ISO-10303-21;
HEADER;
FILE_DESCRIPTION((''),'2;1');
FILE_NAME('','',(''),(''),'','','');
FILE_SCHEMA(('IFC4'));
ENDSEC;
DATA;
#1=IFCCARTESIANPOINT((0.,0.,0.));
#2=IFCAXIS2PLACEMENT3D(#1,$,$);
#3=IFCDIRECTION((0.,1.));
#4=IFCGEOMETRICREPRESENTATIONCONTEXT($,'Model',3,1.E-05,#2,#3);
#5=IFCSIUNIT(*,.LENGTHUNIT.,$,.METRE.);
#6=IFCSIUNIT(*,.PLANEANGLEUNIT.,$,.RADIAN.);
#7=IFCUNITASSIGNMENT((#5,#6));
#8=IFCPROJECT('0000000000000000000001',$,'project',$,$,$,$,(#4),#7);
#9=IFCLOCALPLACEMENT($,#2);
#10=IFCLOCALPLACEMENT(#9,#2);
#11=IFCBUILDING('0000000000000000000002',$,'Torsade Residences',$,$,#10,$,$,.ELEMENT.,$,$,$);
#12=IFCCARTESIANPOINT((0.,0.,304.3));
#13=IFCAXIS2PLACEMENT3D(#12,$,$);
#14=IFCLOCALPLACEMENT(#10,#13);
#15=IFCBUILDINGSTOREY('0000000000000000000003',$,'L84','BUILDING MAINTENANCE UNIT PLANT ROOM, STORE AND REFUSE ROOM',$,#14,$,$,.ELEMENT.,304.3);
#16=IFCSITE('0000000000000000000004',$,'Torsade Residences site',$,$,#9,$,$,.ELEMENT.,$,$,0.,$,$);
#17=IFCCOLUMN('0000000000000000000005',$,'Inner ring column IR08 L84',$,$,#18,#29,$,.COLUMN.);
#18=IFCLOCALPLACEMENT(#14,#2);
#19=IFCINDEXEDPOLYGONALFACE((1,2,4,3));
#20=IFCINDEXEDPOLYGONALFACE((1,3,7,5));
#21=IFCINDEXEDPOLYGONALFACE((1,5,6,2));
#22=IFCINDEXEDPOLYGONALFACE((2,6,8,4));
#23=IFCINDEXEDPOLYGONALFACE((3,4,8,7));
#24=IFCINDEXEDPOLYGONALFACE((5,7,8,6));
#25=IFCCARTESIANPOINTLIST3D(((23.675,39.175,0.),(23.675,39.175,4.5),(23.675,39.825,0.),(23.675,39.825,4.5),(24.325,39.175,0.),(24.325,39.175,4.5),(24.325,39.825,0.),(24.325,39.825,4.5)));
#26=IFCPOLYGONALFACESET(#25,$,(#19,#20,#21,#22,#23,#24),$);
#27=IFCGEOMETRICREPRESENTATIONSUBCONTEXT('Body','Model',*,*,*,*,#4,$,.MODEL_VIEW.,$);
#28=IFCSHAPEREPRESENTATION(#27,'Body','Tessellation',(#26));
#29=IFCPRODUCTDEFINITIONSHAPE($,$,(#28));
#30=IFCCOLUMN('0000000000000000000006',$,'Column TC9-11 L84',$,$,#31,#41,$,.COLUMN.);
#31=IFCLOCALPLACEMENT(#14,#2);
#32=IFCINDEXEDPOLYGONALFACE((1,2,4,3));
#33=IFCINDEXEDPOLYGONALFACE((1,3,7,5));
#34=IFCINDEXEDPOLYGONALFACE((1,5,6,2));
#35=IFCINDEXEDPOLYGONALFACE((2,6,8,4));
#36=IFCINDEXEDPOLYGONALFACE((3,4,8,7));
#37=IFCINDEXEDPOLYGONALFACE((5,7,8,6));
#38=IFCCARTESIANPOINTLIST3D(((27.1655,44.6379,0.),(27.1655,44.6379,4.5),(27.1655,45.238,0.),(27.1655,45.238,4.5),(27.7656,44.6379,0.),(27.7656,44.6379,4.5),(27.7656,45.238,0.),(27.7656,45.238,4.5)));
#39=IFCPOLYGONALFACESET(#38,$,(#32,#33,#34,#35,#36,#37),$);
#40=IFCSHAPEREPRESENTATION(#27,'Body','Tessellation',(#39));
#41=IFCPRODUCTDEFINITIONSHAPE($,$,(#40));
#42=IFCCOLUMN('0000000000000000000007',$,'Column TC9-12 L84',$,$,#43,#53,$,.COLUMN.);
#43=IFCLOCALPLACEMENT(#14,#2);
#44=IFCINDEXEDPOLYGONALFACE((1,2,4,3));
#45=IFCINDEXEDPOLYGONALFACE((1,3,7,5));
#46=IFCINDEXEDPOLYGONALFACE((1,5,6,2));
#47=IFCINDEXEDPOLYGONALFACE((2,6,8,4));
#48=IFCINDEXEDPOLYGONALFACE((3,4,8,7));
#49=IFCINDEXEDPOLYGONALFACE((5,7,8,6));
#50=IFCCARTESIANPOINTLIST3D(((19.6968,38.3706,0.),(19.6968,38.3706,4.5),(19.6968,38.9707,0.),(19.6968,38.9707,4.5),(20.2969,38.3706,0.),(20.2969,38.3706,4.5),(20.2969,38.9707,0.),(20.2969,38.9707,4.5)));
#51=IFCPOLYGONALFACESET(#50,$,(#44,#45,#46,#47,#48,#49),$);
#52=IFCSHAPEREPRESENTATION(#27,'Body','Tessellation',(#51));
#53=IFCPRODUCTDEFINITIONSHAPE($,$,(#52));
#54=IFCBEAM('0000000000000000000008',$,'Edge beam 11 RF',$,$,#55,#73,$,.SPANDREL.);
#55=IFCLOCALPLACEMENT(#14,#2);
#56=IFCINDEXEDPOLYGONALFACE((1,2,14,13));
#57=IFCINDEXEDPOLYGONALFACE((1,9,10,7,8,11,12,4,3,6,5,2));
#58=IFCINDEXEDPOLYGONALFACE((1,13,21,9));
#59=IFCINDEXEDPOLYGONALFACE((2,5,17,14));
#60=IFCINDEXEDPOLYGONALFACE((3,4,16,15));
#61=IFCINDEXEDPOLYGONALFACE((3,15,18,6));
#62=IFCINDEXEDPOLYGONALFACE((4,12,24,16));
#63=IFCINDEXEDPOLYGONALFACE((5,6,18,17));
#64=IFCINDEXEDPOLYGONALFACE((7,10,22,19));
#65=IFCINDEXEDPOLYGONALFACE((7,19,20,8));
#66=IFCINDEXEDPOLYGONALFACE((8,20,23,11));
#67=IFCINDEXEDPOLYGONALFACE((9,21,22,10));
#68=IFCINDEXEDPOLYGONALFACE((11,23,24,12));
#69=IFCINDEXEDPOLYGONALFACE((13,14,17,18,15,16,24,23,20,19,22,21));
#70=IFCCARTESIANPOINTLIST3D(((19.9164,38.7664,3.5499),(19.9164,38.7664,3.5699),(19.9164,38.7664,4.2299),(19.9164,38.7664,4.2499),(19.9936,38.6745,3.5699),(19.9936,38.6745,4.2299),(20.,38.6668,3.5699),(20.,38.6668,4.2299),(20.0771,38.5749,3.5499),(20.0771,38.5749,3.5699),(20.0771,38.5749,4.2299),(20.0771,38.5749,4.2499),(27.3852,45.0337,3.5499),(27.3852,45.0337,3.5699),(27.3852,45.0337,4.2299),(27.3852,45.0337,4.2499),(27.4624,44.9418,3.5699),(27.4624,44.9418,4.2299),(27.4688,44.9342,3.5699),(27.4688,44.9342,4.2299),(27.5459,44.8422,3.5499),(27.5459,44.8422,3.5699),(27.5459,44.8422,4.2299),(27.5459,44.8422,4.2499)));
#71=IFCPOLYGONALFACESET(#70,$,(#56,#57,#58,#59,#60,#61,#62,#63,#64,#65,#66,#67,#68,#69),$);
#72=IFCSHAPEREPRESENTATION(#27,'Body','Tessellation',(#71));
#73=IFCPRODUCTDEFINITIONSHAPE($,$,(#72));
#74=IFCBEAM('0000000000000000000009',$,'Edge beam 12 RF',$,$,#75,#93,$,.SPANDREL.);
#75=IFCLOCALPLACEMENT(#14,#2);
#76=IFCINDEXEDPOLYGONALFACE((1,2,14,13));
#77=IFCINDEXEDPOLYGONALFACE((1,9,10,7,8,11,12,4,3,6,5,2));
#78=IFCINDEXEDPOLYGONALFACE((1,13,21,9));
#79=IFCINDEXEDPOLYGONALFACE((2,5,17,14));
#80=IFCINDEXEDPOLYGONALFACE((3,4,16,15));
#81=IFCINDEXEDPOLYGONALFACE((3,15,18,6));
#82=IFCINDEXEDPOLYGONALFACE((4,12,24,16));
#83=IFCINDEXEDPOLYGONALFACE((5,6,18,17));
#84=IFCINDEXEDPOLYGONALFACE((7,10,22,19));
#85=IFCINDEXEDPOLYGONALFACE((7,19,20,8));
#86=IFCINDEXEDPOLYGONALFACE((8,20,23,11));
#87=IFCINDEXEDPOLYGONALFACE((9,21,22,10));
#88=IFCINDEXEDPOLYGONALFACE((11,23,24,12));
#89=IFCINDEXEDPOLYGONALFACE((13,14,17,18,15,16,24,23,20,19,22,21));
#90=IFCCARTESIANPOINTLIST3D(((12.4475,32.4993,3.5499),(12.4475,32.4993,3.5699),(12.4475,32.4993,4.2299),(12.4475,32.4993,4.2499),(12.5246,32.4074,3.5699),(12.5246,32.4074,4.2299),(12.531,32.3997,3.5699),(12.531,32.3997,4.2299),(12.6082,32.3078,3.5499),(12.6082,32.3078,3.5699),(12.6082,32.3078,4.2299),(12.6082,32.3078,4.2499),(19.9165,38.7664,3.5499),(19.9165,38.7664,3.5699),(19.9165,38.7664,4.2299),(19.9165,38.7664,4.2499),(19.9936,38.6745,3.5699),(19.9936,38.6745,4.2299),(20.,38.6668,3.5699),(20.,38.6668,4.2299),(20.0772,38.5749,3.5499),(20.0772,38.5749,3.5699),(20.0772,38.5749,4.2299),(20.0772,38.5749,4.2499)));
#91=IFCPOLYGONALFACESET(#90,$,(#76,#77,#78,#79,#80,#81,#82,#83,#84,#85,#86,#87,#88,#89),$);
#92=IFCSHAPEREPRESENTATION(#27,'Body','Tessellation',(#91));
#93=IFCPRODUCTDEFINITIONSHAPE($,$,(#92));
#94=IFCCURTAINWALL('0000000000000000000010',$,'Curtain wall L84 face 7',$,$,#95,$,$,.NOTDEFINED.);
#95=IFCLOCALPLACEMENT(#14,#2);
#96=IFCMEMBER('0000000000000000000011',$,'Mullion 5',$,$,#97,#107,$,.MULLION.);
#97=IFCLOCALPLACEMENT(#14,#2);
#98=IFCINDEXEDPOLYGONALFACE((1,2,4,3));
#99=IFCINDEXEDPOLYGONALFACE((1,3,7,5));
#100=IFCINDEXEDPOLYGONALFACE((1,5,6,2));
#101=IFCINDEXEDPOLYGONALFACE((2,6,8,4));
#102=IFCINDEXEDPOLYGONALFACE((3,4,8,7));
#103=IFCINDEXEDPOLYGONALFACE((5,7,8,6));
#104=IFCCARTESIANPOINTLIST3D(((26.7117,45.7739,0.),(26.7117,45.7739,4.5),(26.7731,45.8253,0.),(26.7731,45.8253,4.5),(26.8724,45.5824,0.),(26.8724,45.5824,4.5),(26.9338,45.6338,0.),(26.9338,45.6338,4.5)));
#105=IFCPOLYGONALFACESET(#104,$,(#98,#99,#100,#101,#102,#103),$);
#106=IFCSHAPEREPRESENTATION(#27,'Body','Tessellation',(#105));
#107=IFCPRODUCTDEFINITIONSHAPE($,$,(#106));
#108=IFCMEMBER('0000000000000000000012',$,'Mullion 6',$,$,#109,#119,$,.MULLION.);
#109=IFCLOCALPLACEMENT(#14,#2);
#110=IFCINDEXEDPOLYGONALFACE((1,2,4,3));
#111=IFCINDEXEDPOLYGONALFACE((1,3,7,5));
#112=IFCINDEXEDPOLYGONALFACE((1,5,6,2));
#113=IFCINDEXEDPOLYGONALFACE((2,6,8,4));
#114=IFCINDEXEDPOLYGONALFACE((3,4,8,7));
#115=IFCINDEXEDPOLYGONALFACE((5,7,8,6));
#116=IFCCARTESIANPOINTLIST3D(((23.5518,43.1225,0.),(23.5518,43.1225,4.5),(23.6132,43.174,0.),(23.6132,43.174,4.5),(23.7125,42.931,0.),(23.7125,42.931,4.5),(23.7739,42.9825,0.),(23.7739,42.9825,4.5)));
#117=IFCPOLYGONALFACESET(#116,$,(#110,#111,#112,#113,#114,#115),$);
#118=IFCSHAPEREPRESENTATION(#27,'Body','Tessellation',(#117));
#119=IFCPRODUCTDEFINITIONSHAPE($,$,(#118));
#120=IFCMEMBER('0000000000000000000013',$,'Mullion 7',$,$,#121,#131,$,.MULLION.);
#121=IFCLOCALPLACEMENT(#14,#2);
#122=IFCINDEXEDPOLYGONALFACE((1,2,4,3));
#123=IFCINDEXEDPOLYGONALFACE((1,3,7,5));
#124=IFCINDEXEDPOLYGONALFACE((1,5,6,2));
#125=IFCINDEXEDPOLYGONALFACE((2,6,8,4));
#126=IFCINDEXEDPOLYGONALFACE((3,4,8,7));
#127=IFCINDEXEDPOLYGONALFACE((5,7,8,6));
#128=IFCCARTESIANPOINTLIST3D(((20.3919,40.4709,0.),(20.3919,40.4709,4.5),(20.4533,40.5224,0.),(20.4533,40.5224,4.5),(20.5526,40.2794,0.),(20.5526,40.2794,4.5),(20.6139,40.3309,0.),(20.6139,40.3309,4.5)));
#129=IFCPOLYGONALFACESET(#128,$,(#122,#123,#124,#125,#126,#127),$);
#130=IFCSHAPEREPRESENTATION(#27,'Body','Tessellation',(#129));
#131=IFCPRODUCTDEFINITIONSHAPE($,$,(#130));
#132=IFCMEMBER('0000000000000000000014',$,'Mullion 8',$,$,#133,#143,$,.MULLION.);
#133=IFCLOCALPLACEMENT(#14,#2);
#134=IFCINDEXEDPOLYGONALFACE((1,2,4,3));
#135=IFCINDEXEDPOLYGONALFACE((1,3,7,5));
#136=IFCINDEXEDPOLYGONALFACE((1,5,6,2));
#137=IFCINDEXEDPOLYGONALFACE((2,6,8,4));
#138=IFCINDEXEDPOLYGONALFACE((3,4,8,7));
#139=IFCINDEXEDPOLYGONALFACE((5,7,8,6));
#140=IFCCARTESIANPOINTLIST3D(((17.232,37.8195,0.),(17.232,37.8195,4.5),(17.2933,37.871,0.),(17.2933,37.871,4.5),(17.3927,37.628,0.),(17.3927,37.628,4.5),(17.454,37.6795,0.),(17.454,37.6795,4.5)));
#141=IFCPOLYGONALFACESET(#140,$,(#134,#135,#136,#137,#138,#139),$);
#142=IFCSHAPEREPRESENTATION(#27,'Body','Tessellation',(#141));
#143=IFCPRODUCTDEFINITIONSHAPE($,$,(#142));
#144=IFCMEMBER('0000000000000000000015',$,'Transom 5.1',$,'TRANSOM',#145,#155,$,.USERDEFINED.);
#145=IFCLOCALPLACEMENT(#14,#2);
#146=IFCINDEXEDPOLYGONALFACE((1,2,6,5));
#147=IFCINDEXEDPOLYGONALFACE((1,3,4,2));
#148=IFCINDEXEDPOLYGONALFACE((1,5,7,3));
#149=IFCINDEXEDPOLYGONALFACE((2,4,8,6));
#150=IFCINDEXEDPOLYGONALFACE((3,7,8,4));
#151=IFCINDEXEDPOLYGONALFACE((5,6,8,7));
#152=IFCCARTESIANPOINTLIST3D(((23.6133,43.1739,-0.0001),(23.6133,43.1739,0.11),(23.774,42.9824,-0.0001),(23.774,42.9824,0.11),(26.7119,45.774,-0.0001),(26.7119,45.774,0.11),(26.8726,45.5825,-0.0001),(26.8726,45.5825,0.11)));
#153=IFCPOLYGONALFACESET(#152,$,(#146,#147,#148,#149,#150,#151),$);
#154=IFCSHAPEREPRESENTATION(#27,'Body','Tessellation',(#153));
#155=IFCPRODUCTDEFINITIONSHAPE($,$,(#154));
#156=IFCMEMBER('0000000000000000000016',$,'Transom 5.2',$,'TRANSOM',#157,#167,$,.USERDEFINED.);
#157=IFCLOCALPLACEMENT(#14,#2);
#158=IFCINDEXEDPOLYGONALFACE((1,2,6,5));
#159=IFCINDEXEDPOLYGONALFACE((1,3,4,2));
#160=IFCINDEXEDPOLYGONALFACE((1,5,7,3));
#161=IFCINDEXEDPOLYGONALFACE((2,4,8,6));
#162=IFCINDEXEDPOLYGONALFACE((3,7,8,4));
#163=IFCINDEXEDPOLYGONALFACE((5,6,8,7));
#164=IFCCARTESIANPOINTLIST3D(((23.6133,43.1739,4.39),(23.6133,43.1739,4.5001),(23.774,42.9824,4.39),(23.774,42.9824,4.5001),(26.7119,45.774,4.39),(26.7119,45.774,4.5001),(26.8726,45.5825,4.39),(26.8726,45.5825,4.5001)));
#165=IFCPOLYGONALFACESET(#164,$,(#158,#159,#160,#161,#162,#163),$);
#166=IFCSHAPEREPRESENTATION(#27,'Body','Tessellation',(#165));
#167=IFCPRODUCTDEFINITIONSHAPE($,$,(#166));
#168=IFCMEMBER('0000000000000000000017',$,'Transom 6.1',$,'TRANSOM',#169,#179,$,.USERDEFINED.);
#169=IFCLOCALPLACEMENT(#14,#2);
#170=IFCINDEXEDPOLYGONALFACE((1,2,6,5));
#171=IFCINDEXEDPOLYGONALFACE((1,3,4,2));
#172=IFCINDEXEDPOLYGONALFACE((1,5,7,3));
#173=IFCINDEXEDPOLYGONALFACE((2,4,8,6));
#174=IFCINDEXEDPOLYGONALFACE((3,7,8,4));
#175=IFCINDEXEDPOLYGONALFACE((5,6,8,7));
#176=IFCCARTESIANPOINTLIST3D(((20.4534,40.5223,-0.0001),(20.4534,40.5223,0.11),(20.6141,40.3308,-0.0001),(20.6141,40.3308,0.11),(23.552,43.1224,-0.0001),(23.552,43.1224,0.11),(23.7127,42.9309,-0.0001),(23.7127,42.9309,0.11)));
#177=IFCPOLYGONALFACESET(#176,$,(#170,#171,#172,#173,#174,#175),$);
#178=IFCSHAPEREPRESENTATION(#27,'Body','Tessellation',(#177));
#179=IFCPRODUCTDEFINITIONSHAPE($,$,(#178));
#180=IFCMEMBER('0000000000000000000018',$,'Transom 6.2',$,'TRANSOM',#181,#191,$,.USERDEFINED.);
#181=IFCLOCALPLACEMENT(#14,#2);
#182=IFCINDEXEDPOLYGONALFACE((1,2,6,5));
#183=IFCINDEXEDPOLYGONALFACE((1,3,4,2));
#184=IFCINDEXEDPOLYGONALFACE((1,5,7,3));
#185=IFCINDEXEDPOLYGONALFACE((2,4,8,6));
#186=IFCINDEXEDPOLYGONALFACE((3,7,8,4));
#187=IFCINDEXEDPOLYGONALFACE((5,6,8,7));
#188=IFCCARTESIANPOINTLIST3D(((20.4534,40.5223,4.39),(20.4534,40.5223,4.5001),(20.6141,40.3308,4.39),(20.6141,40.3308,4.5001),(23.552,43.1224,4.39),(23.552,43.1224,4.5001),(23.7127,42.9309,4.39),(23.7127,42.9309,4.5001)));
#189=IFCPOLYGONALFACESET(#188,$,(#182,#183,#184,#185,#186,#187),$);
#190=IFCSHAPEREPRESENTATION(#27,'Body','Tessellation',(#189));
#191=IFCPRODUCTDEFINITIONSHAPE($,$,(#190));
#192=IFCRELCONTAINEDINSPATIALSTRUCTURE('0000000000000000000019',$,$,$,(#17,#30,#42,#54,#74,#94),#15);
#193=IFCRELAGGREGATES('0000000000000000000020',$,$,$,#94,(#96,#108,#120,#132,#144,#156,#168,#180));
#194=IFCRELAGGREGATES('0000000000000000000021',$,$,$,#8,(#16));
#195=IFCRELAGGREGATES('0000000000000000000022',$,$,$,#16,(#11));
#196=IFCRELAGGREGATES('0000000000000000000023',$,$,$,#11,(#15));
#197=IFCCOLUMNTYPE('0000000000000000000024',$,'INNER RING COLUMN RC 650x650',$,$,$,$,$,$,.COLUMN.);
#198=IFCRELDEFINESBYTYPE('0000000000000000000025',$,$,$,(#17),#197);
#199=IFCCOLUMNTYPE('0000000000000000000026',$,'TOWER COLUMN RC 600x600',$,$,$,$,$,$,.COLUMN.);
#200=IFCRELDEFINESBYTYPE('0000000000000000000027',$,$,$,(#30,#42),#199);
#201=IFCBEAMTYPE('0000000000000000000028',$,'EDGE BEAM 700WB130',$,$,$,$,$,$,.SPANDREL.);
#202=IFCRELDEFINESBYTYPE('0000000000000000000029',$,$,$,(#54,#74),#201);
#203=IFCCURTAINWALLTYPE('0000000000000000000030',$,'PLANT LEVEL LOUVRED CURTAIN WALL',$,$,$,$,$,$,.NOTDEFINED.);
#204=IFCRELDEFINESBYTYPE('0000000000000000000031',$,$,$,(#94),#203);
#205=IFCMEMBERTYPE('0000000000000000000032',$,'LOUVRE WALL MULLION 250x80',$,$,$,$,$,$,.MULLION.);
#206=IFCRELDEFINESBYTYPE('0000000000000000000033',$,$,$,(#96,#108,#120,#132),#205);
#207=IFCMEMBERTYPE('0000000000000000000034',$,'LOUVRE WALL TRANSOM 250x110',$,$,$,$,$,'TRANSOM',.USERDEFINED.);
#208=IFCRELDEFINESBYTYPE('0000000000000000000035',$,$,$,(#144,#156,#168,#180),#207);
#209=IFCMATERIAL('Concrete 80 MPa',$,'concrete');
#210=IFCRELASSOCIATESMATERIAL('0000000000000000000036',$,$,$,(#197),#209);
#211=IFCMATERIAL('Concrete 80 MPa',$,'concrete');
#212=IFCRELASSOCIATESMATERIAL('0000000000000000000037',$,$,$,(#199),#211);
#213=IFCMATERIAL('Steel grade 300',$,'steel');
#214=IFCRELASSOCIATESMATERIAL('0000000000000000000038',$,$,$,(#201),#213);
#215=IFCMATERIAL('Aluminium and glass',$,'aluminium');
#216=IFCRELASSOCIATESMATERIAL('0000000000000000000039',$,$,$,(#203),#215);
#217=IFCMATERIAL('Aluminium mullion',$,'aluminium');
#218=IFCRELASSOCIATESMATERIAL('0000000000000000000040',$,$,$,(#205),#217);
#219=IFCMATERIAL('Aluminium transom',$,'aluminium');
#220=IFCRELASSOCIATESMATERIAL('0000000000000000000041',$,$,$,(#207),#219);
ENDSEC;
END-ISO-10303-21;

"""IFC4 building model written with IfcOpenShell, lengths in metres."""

from ifc_helpers import new_model, si_unit, direction, frame, origin, origin_2d, place, context, subcontext, project, spatial, rectangle, i_section, extrude, material, material_profile, profile_set, type_object, element, aggregate, save


model = new_model("IFC4")

# Units and contexts
model_context = context("Model", 3, precision=1e-05, world=origin(), true_north=direction((0.0, 1.0)))
body_context = subcontext(model_context, "Body", "Model", "MODEL_VIEW")
ifc_project = project(units=[si_unit("LENGTHUNIT", "METRE"), si_unit("PLANEANGLEUNIT", "RADIAN")], contexts=[model_context])

# Site, building, storey
site_placement = place(None, origin())
site = spatial("IfcSite", under=ifc_project, at=site_placement, Name="Torsade Residences site", CompositionType="ELEMENT", RefElevation=0.0)
building_placement = place(site_placement, origin())
building = spatial("IfcBuilding", under=site, at=building_placement, Name="Torsade Residences", CompositionType="ELEMENT")
storey_placement = place(building_placement, frame((0.0, 0.0, 304.3)))
storey = spatial("IfcBuildingStorey", under=building, at=storey_placement, Name="L84", Description="BUILDING MAINTENANCE UNIT PLANT ROOM, STORE AND REFUSE ROOM", CompositionType="ELEMENT", Elevation=304.3)

# Columns
ifc_material_1 = material(Name="Concrete 80 MPa", Category="concrete")
ifc_material_profile_1 = material_profile(ifc_material_1, rectangle(XDim=0.6499, YDim=0.6499, at=origin_2d()), Name="RC 650x650")
ifc_profile_set_1 = profile_set([ifc_material_profile_1], Name="Concrete 80 MPa")
column_type_1 = type_object("IfcColumnType", Name="INNER RING COLUMN RC 650x650", PredefinedType="COLUMN", material=ifc_profile_set_1)
column_placement = place(storey_placement, frame((24.0, 39.5, 0.0), z_axis=(0.0, 0.0, 1.0), x_axis=(1.0, 0.0, 0.0)))
element("IfcColumn", 1, at=column_placement, inside=storey, type_object=column_type_1, Name="Inner ring column IR08 L84", PredefinedType="COLUMN", context=body_context, shape_type="SweptSolid", body=[
    extrude(rectangle(XDim=0.6499, YDim=0.6499, at=origin_2d()), origin(), (0.0, 0.0, 1.0), 4.5),
])
ifc_material_2 = material(Name="Concrete 80 MPa", Category="concrete")
ifc_material_profile_2 = material_profile(ifc_material_2, rectangle(XDim=0.6001, YDim=0.6001, at=origin_2d()), Name="RC 600x600")
ifc_profile_set_2 = profile_set([ifc_material_profile_2], Name="Concrete 80 MPa")
column_type_2 = type_object("IfcColumnType", Name="TOWER COLUMN RC 600x600", PredefinedType="COLUMN", material=ifc_profile_set_2)
for number, where, z_axis, x_axis, name in (
    (2, (27.4656, 44.938, 0.0), (0.0, 0.0, 1.0), (1.0, 0.0, 0.0), "Column TC9-11 L84"),
    (3, (19.9968, 38.6707, 0.0), (0.0, 0.0, 1.0), (1.0, 0.0, 0.0), "Column TC9-12 L84"),
):
    element("IfcColumn", number, at=place(storey_placement, frame(where, z_axis=z_axis, x_axis=x_axis)), inside=storey, type_object=column_type_2, Name=name, PredefinedType="COLUMN", context=body_context, shape_type="SweptSolid", body=[
        extrude(rectangle(XDim=0.6001, YDim=0.6001, at=origin_2d()), origin(), (0.0, 0.0, 1.0), 4.5),
    ])

# Beams
ifc_material_3 = material(Name="Steel grade 300", Category="steel")
ifc_material_profile_3 = material_profile(ifc_material_3, i_section(OverallWidth=0.25, OverallDepth=0.7, WebThickness=0.01, FlangeThickness=0.02, at=origin_2d()), Name="700WB130")
ifc_profile_set_3 = profile_set([ifc_material_profile_3], Name="Steel grade 300")
beam_type_1 = type_object("IfcBeamType", Name="EDGE BEAM 700WB130", PredefinedType="SPANDREL", material=ifc_profile_set_3)
for number, where, z_axis, x_axis, name in (
    (4, (27.4656, 44.938, 3.8999), (-0.766029, -0.642806, 0.0), (0.642806, -0.766029, 0.0), "Edge beam 11 RF"),
    (5, (19.9968, 38.6707, 3.8999), (-0.766052, -0.642779, 0.0), (0.642779, -0.766052, 0.0), "Edge beam 12 RF"),
):
    element("IfcBeam", number, at=place(storey_placement, frame(where, z_axis=z_axis, x_axis=x_axis)), inside=storey, type_object=beam_type_1, Name=name, PredefinedType="SPANDREL", context=body_context, shape_type="SweptSolid", body=[
        extrude(i_section(OverallWidth=0.25, OverallDepth=0.7, WebThickness=0.01, FlangeThickness=0.02, at=origin_2d()), origin(), (0.0, 0.0, 1.0), 9.75),
    ])

# Curtain wall, members
ifc_material_4 = material(Name="Aluminium and glass", Category="aluminium")
curtain_wall_type = type_object("IfcCurtainWallType", Name="PLANT LEVEL LOUVRED CURTAIN WALL", PredefinedType="NOTDEFINED", material=ifc_material_4)
curtain_wall_placement = place(storey_placement, origin())
curtain_wall = element("IfcCurtainWall", 6, at=curtain_wall_placement, inside=storey, type_object=curtain_wall_type, Name="Curtain wall L84 face 7", PredefinedType="NOTDEFINED")
ifc_material_5 = material(Name="Aluminium mullion", Category="aluminium")
ifc_material_profile_4 = material_profile(ifc_material_5, rectangle(XDim=0.25, YDim=0.0801, at=origin_2d()), Name="LOUVRE WALL MULLION 250x80")
ifc_profile_set_4 = profile_set([ifc_material_profile_4], Name="Aluminium mullion")
member_type_1 = type_object("IfcMemberType", Name="LOUVRE WALL MULLION 250x80", PredefinedType="MULLION", material=ifc_profile_set_4)
member_1_placement = place(storey_placement, frame((26.8228, 45.7039, 0.0), z_axis=(0.0, 0.0, 1.0), x_axis=(0.642788, -0.766044, 0.0)))
member_1 = element("IfcMember", 7, at=member_1_placement, type_object=member_type_1, Name="Mullion 5", PredefinedType="MULLION", context=body_context, shape_type="SweptSolid", body=[
    extrude(rectangle(XDim=0.25, YDim=0.0801, at=origin_2d()), origin(), (0.0, 0.0, 1.0), 4.5),
])
member_2_placement = place(storey_placement, frame((23.6628, 43.0525, 0.0), z_axis=(0.0, 0.0, 1.0), x_axis=(0.642788, -0.766044, 0.0)))
member_2 = element("IfcMember", 8, at=member_2_placement, type_object=member_type_1, Name="Mullion 6", PredefinedType="MULLION", context=body_context, shape_type="SweptSolid", body=[
    extrude(rectangle(XDim=0.25, YDim=0.0801, at=origin_2d()), origin(), (0.0, 0.0, 1.0), 4.5),
])
member_3_placement = place(storey_placement, frame((20.5029, 40.4009, 0.0), z_axis=(0.0, 0.0, 1.0), x_axis=(0.642788, -0.766044, 0.0)))
member_3 = element("IfcMember", 9, at=member_3_placement, type_object=member_type_1, Name="Mullion 7", PredefinedType="MULLION", context=body_context, shape_type="SweptSolid", body=[
    extrude(rectangle(XDim=0.25, YDim=0.0801, at=origin_2d()), origin(), (0.0, 0.0, 1.0), 4.5),
])
member_4_placement = place(storey_placement, frame((17.343, 37.7495, 0.0), z_axis=(0.0, 0.0, 1.0), x_axis=(0.642788, -0.766044, 0.0)))
member_4 = element("IfcMember", 10, at=member_4_placement, type_object=member_type_1, Name="Mullion 8", PredefinedType="MULLION", context=body_context, shape_type="SweptSolid", body=[
    extrude(rectangle(XDim=0.25, YDim=0.0801, at=origin_2d()), origin(), (0.0, 0.0, 1.0), 4.5),
])
ifc_material_6 = material(Name="Aluminium transom", Category="aluminium")
ifc_material_profile_5 = material_profile(ifc_material_6, rectangle(XDim=0.25, YDim=0.1101, at=origin_2d()), Name="LOUVRE WALL TRANSOM 250x110")
ifc_profile_set_5 = profile_set([ifc_material_profile_5], Name="Aluminium transom")
member_type_2 = type_object("IfcMemberType", Name="LOUVRE WALL TRANSOM 250x110", ElementType="TRANSOM", PredefinedType="USERDEFINED", material=ifc_profile_set_5)
member_5_placement = place(storey_placement, frame((26.7922, 45.6782, 0.0549), z_axis=(-0.76604, -0.642793, 0.0), x_axis=(0.642793, -0.76604, 0.0)))
member_5 = element("IfcMember", 11, at=member_5_placement, type_object=member_type_2, Name="Transom 5.1", ObjectType="TRANSOM", PredefinedType="USERDEFINED", context=body_context, shape_type="SweptSolid", body=[
    extrude(rectangle(XDim=0.25, YDim=0.1101, at=origin_2d()), origin(), (0.0, 0.0, 1.0), 4.0449),
])
member_6_placement = place(storey_placement, frame((26.7922, 45.6782, 4.4451), z_axis=(-0.76604, -0.642793, 0.0), x_axis=(0.642793, -0.76604, 0.0)))
member_6 = element("IfcMember", 12, at=member_6_placement, type_object=member_type_2, Name="Transom 5.2", ObjectType="TRANSOM", PredefinedType="USERDEFINED", context=body_context, shape_type="SweptSolid", body=[
    extrude(rectangle(XDim=0.25, YDim=0.1101, at=origin_2d()), origin(), (0.0, 0.0, 1.0), 4.0449),
])
member_7_placement = place(storey_placement, frame((23.6323, 43.0266, 0.0549), z_axis=(-0.76604, -0.642793, 0.0), x_axis=(0.642793, -0.76604, 0.0)))
member_7 = element("IfcMember", 13, at=member_7_placement, type_object=member_type_2, Name="Transom 6.1", ObjectType="TRANSOM", PredefinedType="USERDEFINED", context=body_context, shape_type="SweptSolid", body=[
    extrude(rectangle(XDim=0.25, YDim=0.1101, at=origin_2d()), origin(), (0.0, 0.0, 1.0), 4.0449),
])
member_8_placement = place(storey_placement, frame((23.6323, 43.0266, 4.4451), z_axis=(-0.76604, -0.642793, 0.0), x_axis=(0.642793, -0.76604, 0.0)))
member_8 = element("IfcMember", 14, at=member_8_placement, type_object=member_type_2, Name="Transom 6.2", ObjectType="TRANSOM", PredefinedType="USERDEFINED", context=body_context, shape_type="SweptSolid", body=[
    extrude(rectangle(XDim=0.25, YDim=0.1101, at=origin_2d()), origin(), (0.0, 0.0, 1.0), 4.0449),
])

aggregate(curtain_wall, [member_1, member_2, member_3, member_4, member_5, member_6, member_7, member_8])

save(model, "model.ifc")
